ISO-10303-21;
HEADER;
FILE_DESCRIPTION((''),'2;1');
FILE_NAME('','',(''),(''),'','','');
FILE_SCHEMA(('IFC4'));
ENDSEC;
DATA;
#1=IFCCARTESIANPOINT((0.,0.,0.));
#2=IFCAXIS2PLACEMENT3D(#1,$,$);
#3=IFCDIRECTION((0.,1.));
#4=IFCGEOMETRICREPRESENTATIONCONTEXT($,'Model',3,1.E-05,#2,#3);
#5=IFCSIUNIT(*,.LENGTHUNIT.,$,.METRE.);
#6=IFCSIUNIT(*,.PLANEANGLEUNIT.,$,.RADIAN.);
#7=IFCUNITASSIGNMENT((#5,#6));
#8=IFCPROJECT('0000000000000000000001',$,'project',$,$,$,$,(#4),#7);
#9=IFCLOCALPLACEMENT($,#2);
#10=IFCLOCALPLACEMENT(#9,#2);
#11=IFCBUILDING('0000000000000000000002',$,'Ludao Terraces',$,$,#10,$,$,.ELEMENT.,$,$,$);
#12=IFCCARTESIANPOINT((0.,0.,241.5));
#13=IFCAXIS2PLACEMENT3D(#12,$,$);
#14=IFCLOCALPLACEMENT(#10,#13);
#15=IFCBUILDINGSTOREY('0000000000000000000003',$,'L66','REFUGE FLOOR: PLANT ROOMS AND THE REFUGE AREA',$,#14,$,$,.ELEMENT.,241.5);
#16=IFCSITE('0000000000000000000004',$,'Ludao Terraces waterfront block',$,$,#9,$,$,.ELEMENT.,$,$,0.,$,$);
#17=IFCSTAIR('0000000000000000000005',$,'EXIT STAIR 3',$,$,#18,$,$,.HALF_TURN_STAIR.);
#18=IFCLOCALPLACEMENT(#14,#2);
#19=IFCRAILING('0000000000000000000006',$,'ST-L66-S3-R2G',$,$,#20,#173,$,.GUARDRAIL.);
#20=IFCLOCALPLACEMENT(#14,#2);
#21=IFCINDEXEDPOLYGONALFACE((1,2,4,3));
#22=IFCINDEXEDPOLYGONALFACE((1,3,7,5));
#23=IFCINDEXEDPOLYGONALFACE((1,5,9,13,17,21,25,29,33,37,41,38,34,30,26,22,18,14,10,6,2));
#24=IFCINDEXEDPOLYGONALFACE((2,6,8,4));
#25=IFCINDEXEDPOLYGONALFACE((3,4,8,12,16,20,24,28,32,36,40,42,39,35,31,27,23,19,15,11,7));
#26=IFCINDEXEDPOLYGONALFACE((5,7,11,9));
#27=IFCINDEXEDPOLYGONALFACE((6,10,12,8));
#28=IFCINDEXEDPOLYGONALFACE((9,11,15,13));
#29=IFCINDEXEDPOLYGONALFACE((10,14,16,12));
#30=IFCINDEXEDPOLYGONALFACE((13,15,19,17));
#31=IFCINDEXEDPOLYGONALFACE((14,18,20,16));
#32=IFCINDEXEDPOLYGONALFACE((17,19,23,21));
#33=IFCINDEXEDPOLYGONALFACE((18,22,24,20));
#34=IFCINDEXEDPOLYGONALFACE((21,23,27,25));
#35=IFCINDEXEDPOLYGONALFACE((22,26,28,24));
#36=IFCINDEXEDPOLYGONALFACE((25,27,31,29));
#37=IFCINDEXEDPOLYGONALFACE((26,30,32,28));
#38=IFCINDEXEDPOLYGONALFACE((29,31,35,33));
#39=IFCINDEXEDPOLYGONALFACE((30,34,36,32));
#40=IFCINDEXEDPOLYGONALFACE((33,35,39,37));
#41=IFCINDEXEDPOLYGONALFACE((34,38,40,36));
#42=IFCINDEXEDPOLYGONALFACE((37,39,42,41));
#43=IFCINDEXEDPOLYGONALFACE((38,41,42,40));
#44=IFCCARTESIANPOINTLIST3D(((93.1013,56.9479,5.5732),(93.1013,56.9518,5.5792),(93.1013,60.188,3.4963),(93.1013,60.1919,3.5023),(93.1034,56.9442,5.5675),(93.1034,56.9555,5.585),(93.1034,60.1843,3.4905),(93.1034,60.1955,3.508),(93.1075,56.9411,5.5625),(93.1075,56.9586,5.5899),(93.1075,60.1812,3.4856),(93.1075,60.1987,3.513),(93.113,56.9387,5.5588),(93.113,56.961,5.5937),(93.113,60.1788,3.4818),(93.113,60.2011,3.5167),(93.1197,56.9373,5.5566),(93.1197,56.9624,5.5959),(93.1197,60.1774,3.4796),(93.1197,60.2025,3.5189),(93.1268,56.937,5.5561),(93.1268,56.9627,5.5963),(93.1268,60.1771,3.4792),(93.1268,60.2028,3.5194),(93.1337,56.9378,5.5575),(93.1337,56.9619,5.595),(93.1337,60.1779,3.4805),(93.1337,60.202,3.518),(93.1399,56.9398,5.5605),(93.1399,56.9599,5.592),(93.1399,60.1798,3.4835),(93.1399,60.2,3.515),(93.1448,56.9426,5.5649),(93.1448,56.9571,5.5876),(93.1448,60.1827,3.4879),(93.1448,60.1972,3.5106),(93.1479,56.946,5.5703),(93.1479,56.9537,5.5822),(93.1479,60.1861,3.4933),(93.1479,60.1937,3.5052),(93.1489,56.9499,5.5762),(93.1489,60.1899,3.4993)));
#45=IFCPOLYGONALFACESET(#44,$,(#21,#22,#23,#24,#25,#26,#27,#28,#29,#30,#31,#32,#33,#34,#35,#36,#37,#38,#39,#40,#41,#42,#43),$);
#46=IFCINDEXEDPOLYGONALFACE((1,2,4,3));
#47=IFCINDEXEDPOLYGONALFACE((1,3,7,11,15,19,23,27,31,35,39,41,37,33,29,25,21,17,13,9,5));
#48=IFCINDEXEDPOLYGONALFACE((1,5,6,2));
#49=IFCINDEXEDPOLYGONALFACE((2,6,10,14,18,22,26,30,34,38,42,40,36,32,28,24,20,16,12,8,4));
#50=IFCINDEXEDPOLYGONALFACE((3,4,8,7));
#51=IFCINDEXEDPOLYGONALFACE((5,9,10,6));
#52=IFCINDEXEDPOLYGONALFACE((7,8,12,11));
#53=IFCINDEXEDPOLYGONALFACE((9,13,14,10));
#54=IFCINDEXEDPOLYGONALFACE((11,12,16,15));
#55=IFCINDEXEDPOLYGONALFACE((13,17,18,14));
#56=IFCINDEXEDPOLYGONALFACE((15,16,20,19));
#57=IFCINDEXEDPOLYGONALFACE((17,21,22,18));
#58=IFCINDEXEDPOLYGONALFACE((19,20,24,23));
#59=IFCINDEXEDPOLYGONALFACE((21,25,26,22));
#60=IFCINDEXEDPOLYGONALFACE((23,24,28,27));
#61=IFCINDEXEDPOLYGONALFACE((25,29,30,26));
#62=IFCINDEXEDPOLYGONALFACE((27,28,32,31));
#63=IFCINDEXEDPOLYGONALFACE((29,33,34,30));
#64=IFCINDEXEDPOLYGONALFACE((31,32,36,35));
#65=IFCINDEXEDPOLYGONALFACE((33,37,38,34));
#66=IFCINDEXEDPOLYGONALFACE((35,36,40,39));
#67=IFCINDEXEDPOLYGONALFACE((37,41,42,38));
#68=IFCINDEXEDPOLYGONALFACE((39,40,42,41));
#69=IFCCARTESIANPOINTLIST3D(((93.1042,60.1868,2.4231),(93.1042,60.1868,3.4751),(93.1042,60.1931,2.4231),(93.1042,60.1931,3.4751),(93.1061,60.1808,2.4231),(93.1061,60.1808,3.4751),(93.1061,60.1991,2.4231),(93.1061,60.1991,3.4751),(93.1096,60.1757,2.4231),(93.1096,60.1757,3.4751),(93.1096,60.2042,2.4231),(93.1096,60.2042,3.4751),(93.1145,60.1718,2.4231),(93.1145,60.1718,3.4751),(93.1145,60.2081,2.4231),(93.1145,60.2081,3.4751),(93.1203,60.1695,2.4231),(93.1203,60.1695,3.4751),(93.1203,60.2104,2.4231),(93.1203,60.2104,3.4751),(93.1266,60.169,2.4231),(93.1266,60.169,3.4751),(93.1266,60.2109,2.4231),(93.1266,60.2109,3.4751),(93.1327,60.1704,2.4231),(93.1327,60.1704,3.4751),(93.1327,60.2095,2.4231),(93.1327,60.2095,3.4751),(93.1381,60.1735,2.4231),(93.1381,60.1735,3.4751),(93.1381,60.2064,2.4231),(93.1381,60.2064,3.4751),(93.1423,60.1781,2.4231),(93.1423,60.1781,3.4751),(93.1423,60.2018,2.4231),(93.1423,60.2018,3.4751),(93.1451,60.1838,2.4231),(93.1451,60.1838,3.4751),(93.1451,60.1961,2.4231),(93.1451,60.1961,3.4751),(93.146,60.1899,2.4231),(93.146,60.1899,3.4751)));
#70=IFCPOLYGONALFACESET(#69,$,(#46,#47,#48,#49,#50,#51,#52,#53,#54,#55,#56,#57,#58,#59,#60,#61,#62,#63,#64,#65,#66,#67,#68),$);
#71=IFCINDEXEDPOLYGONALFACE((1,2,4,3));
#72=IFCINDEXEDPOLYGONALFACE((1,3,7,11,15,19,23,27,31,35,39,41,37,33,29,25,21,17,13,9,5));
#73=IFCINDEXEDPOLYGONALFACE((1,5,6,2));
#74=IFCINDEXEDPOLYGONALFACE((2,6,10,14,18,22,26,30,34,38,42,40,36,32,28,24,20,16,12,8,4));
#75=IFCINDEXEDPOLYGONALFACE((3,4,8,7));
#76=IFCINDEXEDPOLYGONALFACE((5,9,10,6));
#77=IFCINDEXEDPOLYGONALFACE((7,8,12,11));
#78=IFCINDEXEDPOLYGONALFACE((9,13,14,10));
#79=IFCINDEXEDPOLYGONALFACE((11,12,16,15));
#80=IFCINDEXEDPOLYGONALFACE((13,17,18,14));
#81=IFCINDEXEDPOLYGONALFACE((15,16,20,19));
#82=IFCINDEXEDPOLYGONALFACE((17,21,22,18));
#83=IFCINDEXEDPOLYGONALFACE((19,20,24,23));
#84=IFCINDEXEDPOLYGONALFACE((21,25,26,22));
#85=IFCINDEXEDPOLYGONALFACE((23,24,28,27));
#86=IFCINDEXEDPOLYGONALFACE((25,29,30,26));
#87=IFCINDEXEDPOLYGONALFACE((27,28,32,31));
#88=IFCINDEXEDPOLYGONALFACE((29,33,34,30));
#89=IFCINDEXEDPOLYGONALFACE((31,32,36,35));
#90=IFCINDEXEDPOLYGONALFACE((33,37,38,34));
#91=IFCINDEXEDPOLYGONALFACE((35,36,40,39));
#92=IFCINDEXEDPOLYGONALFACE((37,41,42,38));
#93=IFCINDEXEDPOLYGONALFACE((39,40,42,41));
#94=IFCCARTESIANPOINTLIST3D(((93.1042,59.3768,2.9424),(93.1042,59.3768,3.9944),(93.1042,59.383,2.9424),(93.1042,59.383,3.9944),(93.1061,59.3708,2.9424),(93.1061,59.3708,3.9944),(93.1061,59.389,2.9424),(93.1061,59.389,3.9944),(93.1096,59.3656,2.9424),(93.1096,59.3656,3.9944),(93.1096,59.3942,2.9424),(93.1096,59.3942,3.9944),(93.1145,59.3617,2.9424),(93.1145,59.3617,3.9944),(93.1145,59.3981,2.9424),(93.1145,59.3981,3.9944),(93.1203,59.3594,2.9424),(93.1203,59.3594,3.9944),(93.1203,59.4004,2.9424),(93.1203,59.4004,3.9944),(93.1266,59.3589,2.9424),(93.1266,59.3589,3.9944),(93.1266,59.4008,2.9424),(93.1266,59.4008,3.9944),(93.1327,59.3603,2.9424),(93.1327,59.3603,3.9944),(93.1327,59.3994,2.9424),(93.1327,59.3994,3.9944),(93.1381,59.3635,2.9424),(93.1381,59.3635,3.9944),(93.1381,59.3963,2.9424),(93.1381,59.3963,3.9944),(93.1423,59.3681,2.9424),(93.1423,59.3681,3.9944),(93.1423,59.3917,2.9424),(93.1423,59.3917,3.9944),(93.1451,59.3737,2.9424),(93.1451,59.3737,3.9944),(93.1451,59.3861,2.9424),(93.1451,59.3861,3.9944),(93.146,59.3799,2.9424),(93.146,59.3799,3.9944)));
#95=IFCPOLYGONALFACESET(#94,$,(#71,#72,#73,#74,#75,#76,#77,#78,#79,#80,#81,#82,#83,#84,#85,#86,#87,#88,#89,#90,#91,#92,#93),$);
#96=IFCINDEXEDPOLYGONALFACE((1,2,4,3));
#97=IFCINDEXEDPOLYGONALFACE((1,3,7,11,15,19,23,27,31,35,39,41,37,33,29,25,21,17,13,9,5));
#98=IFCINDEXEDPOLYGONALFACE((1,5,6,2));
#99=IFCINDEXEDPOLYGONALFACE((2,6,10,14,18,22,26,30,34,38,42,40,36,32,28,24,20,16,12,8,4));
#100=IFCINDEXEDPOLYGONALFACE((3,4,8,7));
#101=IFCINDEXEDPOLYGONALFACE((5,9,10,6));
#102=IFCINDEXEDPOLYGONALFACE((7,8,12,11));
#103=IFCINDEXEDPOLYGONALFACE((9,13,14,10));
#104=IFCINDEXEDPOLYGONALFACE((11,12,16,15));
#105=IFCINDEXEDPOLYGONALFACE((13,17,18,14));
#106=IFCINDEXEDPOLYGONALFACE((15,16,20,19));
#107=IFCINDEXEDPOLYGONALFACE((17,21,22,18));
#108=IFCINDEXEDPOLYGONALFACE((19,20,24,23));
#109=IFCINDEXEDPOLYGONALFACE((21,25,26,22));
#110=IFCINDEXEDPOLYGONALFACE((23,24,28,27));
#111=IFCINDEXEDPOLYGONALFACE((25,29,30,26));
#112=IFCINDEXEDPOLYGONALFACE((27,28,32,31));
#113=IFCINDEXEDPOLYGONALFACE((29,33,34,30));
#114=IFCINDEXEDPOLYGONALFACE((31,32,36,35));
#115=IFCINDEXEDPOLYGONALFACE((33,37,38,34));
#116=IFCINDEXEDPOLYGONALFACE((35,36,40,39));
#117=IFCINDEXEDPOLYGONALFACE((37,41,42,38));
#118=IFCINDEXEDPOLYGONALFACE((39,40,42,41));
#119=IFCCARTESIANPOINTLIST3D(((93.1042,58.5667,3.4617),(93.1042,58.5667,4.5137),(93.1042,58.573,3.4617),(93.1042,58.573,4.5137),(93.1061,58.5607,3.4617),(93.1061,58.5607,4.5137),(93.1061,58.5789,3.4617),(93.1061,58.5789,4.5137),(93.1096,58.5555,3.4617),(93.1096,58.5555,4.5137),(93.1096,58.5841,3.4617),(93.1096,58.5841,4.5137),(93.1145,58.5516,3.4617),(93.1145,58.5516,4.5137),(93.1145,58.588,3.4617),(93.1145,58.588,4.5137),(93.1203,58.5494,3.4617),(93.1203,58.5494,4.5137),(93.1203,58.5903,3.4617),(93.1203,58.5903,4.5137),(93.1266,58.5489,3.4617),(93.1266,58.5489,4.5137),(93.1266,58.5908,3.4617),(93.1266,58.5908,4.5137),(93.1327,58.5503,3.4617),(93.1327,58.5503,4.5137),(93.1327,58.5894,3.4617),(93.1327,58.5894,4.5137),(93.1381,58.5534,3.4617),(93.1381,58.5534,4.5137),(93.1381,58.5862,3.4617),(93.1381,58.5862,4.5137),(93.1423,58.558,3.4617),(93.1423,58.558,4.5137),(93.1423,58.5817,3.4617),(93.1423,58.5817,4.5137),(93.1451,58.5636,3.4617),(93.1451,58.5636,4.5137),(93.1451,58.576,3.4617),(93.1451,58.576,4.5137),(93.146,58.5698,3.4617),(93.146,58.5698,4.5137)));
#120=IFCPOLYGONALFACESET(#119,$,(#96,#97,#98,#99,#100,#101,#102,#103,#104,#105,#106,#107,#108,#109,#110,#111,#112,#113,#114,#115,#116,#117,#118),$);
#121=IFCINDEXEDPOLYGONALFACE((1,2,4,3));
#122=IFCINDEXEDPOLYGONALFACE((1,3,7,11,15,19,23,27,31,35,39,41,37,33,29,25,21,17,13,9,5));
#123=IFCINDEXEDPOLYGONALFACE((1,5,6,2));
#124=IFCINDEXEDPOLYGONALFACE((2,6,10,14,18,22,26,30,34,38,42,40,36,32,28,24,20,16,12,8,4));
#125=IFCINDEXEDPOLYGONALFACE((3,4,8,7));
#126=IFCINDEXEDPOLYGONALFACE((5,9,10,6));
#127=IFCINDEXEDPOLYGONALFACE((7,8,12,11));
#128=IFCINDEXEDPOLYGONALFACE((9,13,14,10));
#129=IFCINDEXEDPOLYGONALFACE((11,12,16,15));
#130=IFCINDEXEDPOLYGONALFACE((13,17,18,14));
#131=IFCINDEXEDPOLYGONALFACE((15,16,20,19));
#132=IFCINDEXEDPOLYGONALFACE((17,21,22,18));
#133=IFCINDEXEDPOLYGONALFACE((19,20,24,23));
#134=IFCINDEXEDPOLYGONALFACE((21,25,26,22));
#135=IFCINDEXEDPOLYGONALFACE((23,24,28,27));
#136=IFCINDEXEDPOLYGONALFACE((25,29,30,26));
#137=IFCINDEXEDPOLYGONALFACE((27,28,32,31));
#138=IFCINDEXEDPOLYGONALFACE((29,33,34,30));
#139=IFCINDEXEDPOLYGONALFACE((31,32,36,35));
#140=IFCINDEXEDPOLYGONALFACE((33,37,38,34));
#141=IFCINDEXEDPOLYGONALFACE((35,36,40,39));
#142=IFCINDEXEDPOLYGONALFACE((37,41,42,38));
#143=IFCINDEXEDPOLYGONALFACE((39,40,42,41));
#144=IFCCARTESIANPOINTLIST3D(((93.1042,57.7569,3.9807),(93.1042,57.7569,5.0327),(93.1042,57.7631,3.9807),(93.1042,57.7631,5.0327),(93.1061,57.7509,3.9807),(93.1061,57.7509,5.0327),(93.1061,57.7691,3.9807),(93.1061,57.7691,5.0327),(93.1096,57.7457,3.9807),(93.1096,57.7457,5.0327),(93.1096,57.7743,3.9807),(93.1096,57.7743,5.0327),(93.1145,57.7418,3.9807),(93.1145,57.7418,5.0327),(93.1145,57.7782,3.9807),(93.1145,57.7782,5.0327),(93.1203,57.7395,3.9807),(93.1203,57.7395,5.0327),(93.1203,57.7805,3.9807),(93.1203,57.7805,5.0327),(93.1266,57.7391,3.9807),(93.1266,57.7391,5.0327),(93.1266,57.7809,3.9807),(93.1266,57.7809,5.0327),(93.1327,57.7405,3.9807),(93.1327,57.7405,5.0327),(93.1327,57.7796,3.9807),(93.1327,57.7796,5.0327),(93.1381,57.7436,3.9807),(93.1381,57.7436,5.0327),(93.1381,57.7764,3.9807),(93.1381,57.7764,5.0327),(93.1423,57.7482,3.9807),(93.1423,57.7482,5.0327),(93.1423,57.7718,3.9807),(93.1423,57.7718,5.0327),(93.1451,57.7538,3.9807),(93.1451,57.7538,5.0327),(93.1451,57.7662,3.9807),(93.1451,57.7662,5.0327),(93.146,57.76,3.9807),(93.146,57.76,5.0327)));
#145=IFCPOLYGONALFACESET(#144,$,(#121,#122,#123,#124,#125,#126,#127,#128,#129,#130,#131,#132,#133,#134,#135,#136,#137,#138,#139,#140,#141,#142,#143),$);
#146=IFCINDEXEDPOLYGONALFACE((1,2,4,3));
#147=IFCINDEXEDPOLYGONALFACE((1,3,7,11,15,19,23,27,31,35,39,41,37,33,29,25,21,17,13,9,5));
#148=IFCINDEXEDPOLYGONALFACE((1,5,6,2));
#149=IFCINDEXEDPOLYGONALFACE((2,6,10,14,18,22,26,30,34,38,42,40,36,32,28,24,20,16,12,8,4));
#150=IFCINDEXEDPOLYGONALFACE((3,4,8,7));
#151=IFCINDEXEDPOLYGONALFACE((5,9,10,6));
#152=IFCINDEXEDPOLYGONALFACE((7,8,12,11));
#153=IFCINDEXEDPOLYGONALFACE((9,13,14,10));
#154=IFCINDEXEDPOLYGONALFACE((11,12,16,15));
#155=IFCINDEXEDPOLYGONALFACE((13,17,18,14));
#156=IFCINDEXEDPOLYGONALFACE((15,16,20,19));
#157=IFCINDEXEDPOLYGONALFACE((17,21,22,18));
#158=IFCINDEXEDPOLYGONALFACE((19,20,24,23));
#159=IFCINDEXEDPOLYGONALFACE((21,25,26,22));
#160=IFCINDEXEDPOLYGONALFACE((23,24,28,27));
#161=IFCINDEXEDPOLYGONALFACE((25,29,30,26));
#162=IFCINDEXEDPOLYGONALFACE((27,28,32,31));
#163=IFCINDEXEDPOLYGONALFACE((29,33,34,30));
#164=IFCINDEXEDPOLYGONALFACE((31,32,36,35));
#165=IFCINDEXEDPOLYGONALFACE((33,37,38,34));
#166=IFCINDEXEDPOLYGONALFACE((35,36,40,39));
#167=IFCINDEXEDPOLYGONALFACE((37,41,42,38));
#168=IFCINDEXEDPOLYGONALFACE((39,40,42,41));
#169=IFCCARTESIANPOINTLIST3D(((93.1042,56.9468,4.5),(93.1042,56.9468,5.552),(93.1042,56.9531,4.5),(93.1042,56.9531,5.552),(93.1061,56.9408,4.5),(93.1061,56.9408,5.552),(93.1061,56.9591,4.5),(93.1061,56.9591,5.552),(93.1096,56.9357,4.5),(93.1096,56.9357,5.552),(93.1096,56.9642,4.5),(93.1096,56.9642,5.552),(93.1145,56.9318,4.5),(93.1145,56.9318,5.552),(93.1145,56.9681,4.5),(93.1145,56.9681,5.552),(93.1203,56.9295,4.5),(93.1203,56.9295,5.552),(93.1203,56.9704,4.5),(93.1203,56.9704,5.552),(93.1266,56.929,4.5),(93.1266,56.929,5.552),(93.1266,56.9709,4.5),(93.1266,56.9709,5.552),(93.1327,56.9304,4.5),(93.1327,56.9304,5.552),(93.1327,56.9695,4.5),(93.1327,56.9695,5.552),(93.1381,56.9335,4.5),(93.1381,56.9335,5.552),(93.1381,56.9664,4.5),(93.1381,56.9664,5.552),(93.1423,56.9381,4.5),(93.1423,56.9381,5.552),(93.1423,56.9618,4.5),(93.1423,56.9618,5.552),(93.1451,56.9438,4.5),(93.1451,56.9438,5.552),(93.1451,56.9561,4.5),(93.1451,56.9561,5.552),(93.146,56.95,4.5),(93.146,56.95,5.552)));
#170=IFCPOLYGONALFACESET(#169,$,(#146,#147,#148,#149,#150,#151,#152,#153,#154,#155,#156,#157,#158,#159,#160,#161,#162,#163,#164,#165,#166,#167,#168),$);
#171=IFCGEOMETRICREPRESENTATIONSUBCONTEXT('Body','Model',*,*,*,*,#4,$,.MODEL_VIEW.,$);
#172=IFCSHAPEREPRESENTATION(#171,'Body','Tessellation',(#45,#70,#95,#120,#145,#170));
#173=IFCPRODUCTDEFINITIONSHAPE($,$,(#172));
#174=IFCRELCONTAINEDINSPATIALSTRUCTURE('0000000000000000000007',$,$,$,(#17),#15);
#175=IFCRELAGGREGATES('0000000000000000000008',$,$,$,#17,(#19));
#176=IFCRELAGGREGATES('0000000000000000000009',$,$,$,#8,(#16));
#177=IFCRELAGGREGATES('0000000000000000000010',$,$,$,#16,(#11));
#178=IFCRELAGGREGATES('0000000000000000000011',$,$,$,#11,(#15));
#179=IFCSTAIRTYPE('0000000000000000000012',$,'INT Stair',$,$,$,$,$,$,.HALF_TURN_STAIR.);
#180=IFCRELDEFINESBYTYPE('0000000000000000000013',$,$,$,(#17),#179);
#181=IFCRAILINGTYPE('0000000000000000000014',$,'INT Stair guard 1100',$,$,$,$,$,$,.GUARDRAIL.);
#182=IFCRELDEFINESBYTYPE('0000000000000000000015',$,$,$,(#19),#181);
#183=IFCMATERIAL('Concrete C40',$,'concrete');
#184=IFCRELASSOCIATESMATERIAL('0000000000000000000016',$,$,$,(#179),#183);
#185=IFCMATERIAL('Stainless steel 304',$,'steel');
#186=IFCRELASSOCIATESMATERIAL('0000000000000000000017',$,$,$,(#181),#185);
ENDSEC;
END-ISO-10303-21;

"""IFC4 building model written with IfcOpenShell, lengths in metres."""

from ifc_helpers import new_model, si_unit, direction, frame, origin, origin_2d, place, context, subcontext, project, spatial, circle, extrude, material, type_object, element, aggregate, save


model = new_model("IFC4")

# Units and contexts
model_context = context("Model", 3, precision=1e-05, world=origin(), true_north=direction((0.0, 1.0)))
body_context = subcontext(model_context, "Body", "Model", "MODEL_VIEW")
ifc_project = project(units=[si_unit("LENGTHUNIT", "METRE"), si_unit("PLANEANGLEUNIT", "RADIAN")], contexts=[model_context])

# Site, building, storey
site_placement = place(None, origin())
site = spatial("IfcSite", under=ifc_project, at=site_placement, Name="Ludao Terraces waterfront block", CompositionType="ELEMENT", RefElevation=0.0)
building_placement = place(site_placement, origin())
building = spatial("IfcBuilding", under=site, at=building_placement, Name="Ludao Terraces", CompositionType="ELEMENT")
storey_placement = place(building_placement, frame((0.0, 0.0, 241.5)))
storey = spatial("IfcBuildingStorey", under=building, at=storey_placement, Name="L66", Description="REFUGE FLOOR: PLANT ROOMS AND THE REFUGE AREA", CompositionType="ELEMENT", Elevation=241.5)

# Stair, railing
ifc_material_1 = material(Name="Concrete C40", Category="concrete")
stair_type = type_object("IfcStairType", Name="INT Stair", PredefinedType="HALF_TURN_STAIR", material=ifc_material_1)
stair_placement = place(storey_placement, origin())
stair = element("IfcStair", 1, at=stair_placement, inside=storey, type_object=stair_type, Name="EXIT STAIR 3", PredefinedType="HALF_TURN_STAIR")
ifc_material_2 = material(Name="Stainless steel 304", Category="steel")
railing_type_1 = type_object("IfcRailingType", Name="INT Stair guard 1100", PredefinedType="GUARDRAIL", material=ifc_material_2)
railing_1_placement = place(storey_placement, frame((93.125, 60.1899, 2.4231)))
railing_1 = element("IfcRailing", 2, at=railing_1_placement, type_object=railing_type_1, Name="ST-L66-S3-R2G", PredefinedType="GUARDRAIL", context=body_context, shape_type="SweptSolid", body=[
    extrude(circle(Radius=0.0239, at=origin_2d()), frame((0.0, 0.0, 1.0762), z_axis=(0.0, -0.841881, 0.539664), x_axis=(1.0, 0.0, 0.0)), (0.0, 0.0, 1.0), 3.8486),
    extrude(circle(Radius=0.021, at=origin_2d()), origin(), (0.0, 0.0, 1.0), 1.052),
    extrude(circle(Radius=0.021, at=origin_2d()), frame((0.0, -0.8101, 0.5193)), (0.0, 0.0, 1.0), 1.052),
    extrude(circle(Radius=0.021, at=origin_2d()), frame((0.0, -1.6201, 1.0386)), (0.0, 0.0, 1.0), 1.052),
    extrude(circle(Radius=0.021, at=origin_2d()), frame((0.0, -2.4299, 1.5576)), (0.0, 0.0, 1.0), 1.052),
    extrude(circle(Radius=0.021, at=origin_2d()), frame((0.0, -3.24, 2.0769)), (0.0, 0.0, 1.0), 1.052),
])
aggregate(stair, [railing_1])

save(model, "model.ifc")
